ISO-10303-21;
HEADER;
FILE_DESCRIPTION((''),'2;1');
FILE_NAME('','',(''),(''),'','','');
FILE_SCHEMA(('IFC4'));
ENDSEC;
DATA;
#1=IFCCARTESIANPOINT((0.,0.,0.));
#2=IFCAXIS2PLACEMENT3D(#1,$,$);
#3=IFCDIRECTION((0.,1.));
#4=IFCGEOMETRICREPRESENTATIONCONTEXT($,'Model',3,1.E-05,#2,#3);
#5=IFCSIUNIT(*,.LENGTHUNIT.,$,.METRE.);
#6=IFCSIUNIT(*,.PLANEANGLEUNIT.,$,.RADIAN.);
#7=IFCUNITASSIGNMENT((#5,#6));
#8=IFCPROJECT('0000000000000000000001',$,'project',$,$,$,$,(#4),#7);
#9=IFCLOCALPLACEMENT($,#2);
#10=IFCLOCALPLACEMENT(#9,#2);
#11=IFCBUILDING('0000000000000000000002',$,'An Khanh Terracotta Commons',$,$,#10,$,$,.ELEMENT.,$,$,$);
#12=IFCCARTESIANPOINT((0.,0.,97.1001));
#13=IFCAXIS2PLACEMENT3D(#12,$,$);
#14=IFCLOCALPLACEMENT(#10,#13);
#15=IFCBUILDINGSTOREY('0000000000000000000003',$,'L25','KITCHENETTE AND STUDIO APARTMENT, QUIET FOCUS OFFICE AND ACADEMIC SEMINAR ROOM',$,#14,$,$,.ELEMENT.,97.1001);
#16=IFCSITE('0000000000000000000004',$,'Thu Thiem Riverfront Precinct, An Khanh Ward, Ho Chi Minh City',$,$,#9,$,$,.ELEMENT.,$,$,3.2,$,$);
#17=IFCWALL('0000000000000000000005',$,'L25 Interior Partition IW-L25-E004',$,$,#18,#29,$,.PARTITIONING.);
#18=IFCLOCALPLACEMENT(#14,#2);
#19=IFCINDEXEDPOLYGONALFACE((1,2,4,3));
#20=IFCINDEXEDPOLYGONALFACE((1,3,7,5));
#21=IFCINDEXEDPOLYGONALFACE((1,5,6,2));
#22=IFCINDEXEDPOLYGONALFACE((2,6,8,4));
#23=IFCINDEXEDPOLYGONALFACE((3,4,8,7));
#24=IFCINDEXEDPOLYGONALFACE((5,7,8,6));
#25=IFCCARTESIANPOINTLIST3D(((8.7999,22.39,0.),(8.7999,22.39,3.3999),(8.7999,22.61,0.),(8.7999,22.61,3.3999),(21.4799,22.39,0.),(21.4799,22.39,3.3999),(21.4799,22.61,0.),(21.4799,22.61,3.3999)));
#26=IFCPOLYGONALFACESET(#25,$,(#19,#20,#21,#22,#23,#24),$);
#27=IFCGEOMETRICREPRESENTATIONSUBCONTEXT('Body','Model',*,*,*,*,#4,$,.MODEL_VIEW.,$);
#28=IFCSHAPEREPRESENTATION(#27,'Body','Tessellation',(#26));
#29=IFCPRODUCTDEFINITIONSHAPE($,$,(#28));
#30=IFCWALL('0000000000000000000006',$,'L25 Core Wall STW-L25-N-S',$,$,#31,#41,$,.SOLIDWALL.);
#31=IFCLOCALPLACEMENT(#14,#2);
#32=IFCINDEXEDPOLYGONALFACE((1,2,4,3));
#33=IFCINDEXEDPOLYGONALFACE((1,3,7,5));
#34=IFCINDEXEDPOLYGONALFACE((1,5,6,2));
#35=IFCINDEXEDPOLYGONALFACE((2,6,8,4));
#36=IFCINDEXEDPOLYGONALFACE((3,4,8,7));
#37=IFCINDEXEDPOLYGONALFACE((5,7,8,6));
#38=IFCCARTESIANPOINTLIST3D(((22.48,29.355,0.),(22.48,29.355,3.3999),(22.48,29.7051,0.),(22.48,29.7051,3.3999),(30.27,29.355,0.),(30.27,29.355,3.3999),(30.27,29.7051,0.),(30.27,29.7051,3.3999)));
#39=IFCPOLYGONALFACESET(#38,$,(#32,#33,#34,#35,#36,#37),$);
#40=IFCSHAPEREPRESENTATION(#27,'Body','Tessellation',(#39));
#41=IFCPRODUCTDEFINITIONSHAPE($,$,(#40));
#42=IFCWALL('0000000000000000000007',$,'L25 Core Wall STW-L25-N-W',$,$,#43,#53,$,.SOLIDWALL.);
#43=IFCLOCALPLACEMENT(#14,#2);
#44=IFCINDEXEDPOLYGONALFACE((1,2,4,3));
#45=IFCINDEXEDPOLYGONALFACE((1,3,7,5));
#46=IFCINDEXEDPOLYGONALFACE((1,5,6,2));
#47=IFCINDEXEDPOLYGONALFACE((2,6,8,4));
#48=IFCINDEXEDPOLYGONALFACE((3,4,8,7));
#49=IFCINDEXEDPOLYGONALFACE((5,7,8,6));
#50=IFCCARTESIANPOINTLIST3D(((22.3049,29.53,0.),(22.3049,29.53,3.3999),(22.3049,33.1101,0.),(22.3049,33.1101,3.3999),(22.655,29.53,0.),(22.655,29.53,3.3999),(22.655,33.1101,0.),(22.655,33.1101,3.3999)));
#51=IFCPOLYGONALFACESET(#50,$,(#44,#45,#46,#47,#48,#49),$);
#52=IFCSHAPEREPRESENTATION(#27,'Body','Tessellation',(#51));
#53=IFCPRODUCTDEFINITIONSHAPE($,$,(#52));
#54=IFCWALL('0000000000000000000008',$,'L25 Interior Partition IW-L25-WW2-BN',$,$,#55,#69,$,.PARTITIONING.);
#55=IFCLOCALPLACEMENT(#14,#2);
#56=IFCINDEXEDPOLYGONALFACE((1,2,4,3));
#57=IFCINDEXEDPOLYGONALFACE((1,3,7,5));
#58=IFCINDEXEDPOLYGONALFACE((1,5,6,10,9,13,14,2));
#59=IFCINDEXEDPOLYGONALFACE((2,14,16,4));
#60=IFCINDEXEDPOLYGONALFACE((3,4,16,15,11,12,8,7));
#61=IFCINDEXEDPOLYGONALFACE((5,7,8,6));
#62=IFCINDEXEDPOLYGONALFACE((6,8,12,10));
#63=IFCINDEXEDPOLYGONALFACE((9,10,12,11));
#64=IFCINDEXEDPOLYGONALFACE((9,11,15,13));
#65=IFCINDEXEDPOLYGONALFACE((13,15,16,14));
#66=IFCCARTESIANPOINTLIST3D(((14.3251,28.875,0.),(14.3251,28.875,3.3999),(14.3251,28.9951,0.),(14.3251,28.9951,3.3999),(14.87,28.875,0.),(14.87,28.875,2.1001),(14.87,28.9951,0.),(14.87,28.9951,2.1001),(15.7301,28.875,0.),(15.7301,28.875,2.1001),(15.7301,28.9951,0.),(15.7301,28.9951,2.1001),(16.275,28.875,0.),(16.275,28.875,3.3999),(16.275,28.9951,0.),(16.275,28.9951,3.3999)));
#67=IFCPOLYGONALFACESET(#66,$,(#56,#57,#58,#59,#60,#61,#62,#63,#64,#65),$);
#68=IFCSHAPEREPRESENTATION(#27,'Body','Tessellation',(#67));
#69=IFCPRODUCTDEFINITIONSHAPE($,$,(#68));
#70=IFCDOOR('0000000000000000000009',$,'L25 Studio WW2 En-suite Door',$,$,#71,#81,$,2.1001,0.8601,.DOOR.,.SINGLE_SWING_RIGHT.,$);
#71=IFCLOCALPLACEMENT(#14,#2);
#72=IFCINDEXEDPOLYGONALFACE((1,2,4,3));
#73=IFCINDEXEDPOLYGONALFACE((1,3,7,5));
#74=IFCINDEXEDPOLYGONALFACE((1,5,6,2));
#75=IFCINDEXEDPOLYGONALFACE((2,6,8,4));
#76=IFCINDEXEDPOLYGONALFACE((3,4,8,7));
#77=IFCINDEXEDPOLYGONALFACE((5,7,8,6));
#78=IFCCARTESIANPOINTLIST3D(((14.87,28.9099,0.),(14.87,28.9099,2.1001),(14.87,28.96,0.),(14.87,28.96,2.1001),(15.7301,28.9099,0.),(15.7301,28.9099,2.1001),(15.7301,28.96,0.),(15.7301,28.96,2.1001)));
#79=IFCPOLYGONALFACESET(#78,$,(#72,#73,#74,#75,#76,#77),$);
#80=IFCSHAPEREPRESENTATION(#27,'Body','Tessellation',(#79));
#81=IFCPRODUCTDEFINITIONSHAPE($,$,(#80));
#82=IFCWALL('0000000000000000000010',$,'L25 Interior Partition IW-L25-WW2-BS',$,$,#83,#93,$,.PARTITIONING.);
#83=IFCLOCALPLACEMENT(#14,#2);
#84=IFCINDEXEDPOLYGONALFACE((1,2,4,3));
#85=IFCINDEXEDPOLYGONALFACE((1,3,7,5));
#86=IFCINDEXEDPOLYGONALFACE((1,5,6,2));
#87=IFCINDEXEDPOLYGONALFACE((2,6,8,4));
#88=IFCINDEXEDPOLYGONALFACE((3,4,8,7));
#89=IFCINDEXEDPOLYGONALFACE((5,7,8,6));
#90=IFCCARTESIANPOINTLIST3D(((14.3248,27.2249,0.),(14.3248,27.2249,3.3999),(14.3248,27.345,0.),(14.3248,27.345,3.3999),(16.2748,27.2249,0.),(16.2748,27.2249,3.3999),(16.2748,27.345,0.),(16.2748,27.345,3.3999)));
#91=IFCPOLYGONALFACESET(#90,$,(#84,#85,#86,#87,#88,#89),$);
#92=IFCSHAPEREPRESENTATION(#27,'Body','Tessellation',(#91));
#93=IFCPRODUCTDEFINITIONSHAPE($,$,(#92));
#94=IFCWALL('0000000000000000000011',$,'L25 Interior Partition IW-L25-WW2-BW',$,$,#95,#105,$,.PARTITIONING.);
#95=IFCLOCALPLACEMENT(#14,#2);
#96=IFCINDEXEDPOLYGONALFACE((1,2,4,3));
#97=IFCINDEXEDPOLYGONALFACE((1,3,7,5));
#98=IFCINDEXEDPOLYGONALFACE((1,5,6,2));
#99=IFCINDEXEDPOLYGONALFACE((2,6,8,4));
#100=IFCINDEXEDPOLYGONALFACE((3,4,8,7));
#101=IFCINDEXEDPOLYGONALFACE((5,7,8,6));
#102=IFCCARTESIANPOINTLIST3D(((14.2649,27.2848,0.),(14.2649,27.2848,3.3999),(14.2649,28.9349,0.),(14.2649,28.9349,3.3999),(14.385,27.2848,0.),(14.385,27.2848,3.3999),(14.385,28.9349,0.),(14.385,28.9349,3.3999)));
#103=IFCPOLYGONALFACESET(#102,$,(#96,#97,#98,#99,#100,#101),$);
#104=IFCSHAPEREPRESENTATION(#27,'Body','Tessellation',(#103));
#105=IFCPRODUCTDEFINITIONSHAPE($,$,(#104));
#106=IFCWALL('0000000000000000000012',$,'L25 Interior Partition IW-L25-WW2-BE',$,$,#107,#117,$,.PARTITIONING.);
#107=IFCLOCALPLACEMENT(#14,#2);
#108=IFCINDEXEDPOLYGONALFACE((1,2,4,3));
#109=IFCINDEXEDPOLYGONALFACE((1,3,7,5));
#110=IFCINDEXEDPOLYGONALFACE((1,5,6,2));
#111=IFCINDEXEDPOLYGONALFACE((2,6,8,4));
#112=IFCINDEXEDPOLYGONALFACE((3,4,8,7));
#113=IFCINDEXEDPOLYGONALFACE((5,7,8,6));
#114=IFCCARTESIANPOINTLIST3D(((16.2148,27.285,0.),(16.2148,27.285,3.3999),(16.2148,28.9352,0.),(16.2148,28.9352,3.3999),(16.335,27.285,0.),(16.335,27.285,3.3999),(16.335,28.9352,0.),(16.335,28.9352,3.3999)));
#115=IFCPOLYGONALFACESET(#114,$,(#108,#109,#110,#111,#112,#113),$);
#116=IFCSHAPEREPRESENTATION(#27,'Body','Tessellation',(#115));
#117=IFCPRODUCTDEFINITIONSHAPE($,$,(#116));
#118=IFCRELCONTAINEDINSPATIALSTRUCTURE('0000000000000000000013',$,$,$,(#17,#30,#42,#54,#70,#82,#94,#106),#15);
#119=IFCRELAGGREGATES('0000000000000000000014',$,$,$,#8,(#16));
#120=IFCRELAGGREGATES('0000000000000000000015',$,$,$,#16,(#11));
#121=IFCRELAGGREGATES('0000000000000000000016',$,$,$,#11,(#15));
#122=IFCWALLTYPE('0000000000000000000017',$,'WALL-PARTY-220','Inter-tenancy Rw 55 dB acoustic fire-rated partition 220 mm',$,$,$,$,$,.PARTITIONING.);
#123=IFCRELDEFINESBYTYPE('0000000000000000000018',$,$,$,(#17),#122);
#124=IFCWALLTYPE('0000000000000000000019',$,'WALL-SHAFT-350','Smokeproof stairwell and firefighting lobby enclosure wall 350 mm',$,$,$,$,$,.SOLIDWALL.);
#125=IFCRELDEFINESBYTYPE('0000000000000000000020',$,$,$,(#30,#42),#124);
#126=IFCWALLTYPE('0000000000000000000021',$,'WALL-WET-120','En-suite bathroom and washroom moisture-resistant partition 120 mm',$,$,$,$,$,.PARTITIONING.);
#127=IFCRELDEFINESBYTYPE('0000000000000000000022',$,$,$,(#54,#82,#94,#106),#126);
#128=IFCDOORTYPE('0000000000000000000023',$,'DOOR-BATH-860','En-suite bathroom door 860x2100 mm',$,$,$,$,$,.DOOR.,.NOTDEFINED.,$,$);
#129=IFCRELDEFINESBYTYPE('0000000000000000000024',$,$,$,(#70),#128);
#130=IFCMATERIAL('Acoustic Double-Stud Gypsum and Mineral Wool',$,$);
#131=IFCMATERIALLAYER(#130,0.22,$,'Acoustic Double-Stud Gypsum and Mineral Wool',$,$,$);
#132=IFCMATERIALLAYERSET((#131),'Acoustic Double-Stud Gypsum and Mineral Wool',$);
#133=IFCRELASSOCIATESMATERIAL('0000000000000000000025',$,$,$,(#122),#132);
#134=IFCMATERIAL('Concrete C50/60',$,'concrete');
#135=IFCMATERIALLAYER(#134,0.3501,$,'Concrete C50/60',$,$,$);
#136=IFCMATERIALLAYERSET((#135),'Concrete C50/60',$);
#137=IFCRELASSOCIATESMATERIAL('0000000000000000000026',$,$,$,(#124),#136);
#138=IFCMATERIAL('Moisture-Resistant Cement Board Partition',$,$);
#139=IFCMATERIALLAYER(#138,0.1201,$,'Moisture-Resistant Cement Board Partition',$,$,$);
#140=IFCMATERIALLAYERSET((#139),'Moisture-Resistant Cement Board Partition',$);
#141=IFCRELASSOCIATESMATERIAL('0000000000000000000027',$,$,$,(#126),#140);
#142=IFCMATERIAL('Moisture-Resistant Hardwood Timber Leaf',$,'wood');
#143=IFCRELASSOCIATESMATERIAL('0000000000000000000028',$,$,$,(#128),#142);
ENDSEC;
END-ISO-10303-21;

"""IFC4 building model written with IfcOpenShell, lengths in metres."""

from ifc_helpers import new_model, si_unit, direction, frame, frame_2d, origin, place, context, subcontext, project, spatial, rectangle, extrude, material, layer, layer_set, type_object, element, fill, save


model = new_model("IFC4")

# Units and contexts
model_context = context("Model", 3, precision=1e-05, world=origin(), true_north=direction((0.0, 1.0)))
body_context = subcontext(model_context, "Body", "Model", "MODEL_VIEW")
ifc_project = project(units=[si_unit("LENGTHUNIT", "METRE"), si_unit("PLANEANGLEUNIT", "RADIAN")], contexts=[model_context])

# Site, building, storey
site_placement = place(None, origin())
site = spatial("IfcSite", under=ifc_project, at=site_placement, Name="Thu Thiem Riverfront Precinct, An Khanh Ward, Ho Chi Minh City", CompositionType="ELEMENT", RefElevation=3.2)
building_placement = place(site_placement, origin())
building = spatial("IfcBuilding", under=site, at=building_placement, Name="An Khanh Terracotta Commons", CompositionType="ELEMENT")
storey_placement = place(building_placement, frame((0.0, 0.0, 97.1001)))
storey = spatial("IfcBuildingStorey", under=building, at=storey_placement, Name="L25", Description="KITCHENETTE AND STUDIO APARTMENT, QUIET FOCUS OFFICE AND ACADEMIC SEMINAR ROOM", CompositionType="ELEMENT", Elevation=97.1001)

# Walls
ifc_material_1 = material(Name="Acoustic Double-Stud Gypsum and Mineral Wool")
ifc_layer_1 = layer(ifc_material_1, 0.22, Name="Acoustic Double-Stud Gypsum and Mineral Wool")
ifc_layer_set_1 = layer_set([ifc_layer_1], Name="Acoustic Double-Stud Gypsum and Mineral Wool")
wall_type_1 = type_object("IfcWallType", Name="WALL-PARTY-220", Description="Inter-tenancy Rw 55 dB acoustic fire-rated partition 220 mm", PredefinedType="PARTITIONING", material=ifc_layer_set_1)
wall_1_placement = place(storey_placement, frame((8.8, 22.5, 0.0), z_axis=(0.0, 0.0, 1.0), x_axis=(1.0, 0.0, 0.0)))
element("IfcWall", 1, at=wall_1_placement, inside=storey, type_object=wall_type_1, Name="L25 Interior Partition IW-L25-E004", PredefinedType="PARTITIONING", context=body_context, shape_type="SweptSolid", body=[
    extrude(rectangle(XDim=12.6799, YDim=0.22, at=frame_2d((6.3398, 0.0))), origin(), (0.0, 0.0, 1.0), 3.3999),
])
ifc_material_2 = material(Name="Concrete C50/60", Category="concrete")
ifc_layer_2 = layer(ifc_material_2, 0.3501, Name="Concrete C50/60")
ifc_layer_set_2 = layer_set([ifc_layer_2], Name="Concrete C50/60")
wall_type_2 = type_object("IfcWallType", Name="WALL-SHAFT-350", Description="Smokeproof stairwell and firefighting lobby enclosure wall 350 mm", PredefinedType="SOLIDWALL", material=ifc_layer_set_2)
wall_2_placement = place(storey_placement, frame((22.48, 29.53, 0.0), z_axis=(0.0, 0.0, 1.0), x_axis=(1.0, 0.0, 0.0)))
element("IfcWall", 2, at=wall_2_placement, inside=storey, type_object=wall_type_2, Name="L25 Core Wall STW-L25-N-S", PredefinedType="SOLIDWALL", context=body_context, shape_type="SweptSolid", body=[
    extrude(rectangle(XDim=7.79, YDim=0.3501, at=frame_2d((3.895, 0.0))), origin(), (0.0, 0.0, 1.0), 3.3999),
])
wall_3_placement = place(storey_placement, frame((22.48, 29.53, 0.0), z_axis=(0.0, 0.0, 1.0), x_axis=(0.0, 1.0, 0.0)))
element("IfcWall", 3, at=wall_3_placement, inside=storey, type_object=wall_type_2, Name="L25 Core Wall STW-L25-N-W", PredefinedType="SOLIDWALL", context=body_context, shape_type="SweptSolid", body=[
    extrude(rectangle(XDim=3.5801, YDim=0.3501, at=frame_2d((1.79, 0.0))), origin(), (0.0, 0.0, 1.0), 3.3999),
])

# Wall, opening, door
ifc_material_3 = material(Name="Moisture-Resistant Cement Board Partition")
ifc_layer_3 = layer(ifc_material_3, 0.1201, Name="Moisture-Resistant Cement Board Partition")
ifc_layer_set_3 = layer_set([ifc_layer_3], Name="Moisture-Resistant Cement Board Partition")
wall_type_3 = type_object("IfcWallType", Name="WALL-WET-120", Description="En-suite bathroom and washroom moisture-resistant partition 120 mm", PredefinedType="PARTITIONING", material=ifc_layer_set_3)
wall_4_placement = place(storey_placement, frame((14.325, 28.9351, 0.0), z_axis=(0.0, 0.0, 1.0), x_axis=(1.0, 0.0, 0.0)))
wall_4 = element("IfcWall", 4, at=wall_4_placement, inside=storey, type_object=wall_type_3, Name="L25 Interior Partition IW-L25-WW2-BN", PredefinedType="PARTITIONING", context=body_context, shape_type="SweptSolid", body=[
    extrude(rectangle(XDim=1.95, YDim=0.1201, at=frame_2d((0.9751, 0.0))), origin(), (0.0, 0.0, 1.0), 3.3999),
])
opening_1_placement = place(wall_4_placement, frame((0.5449, 0.0, 0.0)))
opening_1 = element("IfcOpeningElement", 5, at=opening_1_placement, cuts=wall_4, PredefinedType="OPENING", context=body_context, shape_type="SweptSolid", body=[
    extrude(rectangle(XDim=0.8601, YDim=2.1001, at=frame_2d((0.4302, 1.05))), frame((0.0, 0.0701, 0.0), z_axis=(0.0, -1.0, 0.0), x_axis=(1.0, 0.0, 0.0)), (0.0, 0.0, 1.0), 0.1401),
])
ifc_material_4 = material(Name="Moisture-Resistant Hardwood Timber Leaf", Category="wood")
door_type_1 = type_object("IfcDoorType", Name="DOOR-BATH-860", Description="En-suite bathroom door 860x2100 mm", OperationType="NOTDEFINED", PredefinedType="DOOR", material=ifc_material_4)
door_1_placement = place(opening_1_placement, origin())
door_1 = element("IfcDoor", 6, at=door_1_placement, inside=storey, type_object=door_type_1, Name="L25 Studio WW2 En-suite Door", OperationType="SINGLE_SWING_RIGHT", OverallHeight=2.1001, OverallWidth=0.8601, PredefinedType="DOOR", context=body_context, shape_type="SweptSolid", body=[
    extrude(rectangle(XDim=0.8601, YDim=2.1001, at=frame_2d((0.4302, 1.05))), frame((0.0, 0.0249, 0.0), z_axis=(0.0, -1.0, 0.0), x_axis=(1.0, 0.0, 0.0)), (0.0, 0.0, 1.0), 0.05),
])
fill(opening_1, door_1)

# Walls
wall_5_placement = place(storey_placement, frame((16.2749, 27.2849, 0.0), z_axis=(0.0, 0.0, 1.0), x_axis=(-1.0, 0.0, 0.0)))
element("IfcWall", 7, at=wall_5_placement, inside=storey, type_object=wall_type_3, Name="L25 Interior Partition IW-L25-WW2-BS", PredefinedType="PARTITIONING", context=body_context, shape_type="SweptSolid", body=[
    extrude(rectangle(XDim=1.95, YDim=0.1201, at=frame_2d((0.9751, 0.0))), origin(), (0.0, 0.0, 1.0), 3.3999),
])
for number, where, z_axis, x_axis, name in (
    (8, (14.325, 28.9351, 0.0), (0.0, 0.0, 1.0), (0.0, -1.0, 0.0), "L25 Interior Partition IW-L25-WW2-BW"),
    (9, (16.2749, 27.2849, 0.0), (0.0, 0.0, 1.0), (0.0, 1.0, 0.0), "L25 Interior Partition IW-L25-WW2-BE"),
):
    element("IfcWall", number, at=place(storey_placement, frame(where, z_axis=z_axis, x_axis=x_axis)), inside=storey, type_object=wall_type_3, Name=name, PredefinedType="PARTITIONING", context=body_context, shape_type="SweptSolid", body=[
        extrude(rectangle(XDim=1.6501, YDim=0.1201, at=frame_2d((0.8252, 0.0))), origin(), (0.0, 0.0, 1.0), 3.3999),
    ])

save(model, "model.ifc")
